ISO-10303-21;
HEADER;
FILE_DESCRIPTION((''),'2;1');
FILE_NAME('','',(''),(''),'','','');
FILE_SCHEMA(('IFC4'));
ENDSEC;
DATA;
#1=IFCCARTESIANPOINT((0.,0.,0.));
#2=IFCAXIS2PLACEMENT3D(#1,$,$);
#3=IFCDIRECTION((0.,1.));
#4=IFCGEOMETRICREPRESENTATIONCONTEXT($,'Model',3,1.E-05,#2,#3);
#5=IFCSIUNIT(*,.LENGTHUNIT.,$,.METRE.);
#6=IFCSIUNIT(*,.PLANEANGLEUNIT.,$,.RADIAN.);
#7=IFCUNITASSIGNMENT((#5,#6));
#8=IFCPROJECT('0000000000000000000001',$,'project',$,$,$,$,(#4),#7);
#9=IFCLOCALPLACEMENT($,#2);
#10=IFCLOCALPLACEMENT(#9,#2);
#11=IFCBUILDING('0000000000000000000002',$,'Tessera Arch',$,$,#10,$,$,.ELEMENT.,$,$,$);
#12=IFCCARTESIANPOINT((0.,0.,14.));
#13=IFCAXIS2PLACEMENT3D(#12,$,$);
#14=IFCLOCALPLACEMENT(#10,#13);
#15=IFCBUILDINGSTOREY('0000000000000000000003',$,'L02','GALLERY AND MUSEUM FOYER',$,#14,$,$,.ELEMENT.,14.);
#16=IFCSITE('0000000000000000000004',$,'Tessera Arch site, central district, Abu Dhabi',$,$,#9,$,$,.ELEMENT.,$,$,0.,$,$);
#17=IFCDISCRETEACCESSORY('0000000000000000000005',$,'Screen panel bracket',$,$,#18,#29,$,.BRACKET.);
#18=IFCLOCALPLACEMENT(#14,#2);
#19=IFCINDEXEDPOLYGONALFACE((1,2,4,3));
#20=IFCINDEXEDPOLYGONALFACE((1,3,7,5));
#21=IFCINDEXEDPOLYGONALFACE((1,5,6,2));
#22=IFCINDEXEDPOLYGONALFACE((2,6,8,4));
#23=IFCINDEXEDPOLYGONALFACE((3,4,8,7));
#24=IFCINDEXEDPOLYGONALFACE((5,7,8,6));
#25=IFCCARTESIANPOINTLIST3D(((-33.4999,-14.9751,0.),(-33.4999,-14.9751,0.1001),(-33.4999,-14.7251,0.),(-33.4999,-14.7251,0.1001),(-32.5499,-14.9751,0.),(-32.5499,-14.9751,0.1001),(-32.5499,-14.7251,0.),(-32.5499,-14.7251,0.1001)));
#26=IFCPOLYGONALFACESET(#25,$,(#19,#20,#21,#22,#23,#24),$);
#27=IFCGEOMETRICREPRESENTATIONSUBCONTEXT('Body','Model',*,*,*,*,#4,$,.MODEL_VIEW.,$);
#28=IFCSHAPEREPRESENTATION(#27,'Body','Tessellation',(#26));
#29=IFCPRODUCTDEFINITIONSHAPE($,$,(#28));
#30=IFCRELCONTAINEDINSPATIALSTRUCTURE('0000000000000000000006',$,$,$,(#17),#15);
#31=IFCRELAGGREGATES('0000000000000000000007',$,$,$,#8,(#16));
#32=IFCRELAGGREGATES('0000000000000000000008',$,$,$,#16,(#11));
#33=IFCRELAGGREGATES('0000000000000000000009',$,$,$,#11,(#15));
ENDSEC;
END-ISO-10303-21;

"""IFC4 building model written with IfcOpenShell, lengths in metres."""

from ifc_helpers import new_model, si_unit, direction, frame, origin, origin_2d, place, context, subcontext, project, spatial, rectangle, extrude, element, save


model = new_model("IFC4")

# Units and contexts
model_context = context("Model", 3, precision=1e-05, world=origin(), true_north=direction((0.0, 1.0)))
body_context = subcontext(model_context, "Body", "Model", "MODEL_VIEW")
ifc_project = project(units=[si_unit("LENGTHUNIT", "METRE"), si_unit("PLANEANGLEUNIT", "RADIAN")], contexts=[model_context])

# Site, building, storey
site_placement = place(None, origin())
site = spatial("IfcSite", under=ifc_project, at=site_placement, Name="Tessera Arch site, central district, Abu Dhabi", CompositionType="ELEMENT", RefElevation=0.0)
building_placement = place(site_placement, origin())
building = spatial("IfcBuilding", under=site, at=building_placement, Name="Tessera Arch", CompositionType="ELEMENT")
storey_placement = place(building_placement, frame((0.0, 0.0, 14.0)))
storey = spatial("IfcBuildingStorey", under=building, at=storey_placement, Name="L02", Description="GALLERY AND MUSEUM FOYER", CompositionType="ELEMENT", Elevation=14.0)

# Discrete accessory
for number, where, z_axis, x_axis, name in (
    (1, (-33.0249, -14.8501, 0.0), (0.0, 0.0, 1.0), (-1.0, 0.0, 0.0), "Screen panel bracket"),
):
    element("IfcDiscreteAccessory", number, at=place(storey_placement, frame(where, z_axis=z_axis, x_axis=x_axis)), inside=storey, Name=name, PredefinedType="BRACKET", context=body_context, shape_type="SweptSolid", body=[
        extrude(rectangle(XDim=0.95, YDim=0.25, at=origin_2d()), origin(), (0.0, 0.0, 1.0), 0.1001),
    ])

save(model, "model.ifc")
